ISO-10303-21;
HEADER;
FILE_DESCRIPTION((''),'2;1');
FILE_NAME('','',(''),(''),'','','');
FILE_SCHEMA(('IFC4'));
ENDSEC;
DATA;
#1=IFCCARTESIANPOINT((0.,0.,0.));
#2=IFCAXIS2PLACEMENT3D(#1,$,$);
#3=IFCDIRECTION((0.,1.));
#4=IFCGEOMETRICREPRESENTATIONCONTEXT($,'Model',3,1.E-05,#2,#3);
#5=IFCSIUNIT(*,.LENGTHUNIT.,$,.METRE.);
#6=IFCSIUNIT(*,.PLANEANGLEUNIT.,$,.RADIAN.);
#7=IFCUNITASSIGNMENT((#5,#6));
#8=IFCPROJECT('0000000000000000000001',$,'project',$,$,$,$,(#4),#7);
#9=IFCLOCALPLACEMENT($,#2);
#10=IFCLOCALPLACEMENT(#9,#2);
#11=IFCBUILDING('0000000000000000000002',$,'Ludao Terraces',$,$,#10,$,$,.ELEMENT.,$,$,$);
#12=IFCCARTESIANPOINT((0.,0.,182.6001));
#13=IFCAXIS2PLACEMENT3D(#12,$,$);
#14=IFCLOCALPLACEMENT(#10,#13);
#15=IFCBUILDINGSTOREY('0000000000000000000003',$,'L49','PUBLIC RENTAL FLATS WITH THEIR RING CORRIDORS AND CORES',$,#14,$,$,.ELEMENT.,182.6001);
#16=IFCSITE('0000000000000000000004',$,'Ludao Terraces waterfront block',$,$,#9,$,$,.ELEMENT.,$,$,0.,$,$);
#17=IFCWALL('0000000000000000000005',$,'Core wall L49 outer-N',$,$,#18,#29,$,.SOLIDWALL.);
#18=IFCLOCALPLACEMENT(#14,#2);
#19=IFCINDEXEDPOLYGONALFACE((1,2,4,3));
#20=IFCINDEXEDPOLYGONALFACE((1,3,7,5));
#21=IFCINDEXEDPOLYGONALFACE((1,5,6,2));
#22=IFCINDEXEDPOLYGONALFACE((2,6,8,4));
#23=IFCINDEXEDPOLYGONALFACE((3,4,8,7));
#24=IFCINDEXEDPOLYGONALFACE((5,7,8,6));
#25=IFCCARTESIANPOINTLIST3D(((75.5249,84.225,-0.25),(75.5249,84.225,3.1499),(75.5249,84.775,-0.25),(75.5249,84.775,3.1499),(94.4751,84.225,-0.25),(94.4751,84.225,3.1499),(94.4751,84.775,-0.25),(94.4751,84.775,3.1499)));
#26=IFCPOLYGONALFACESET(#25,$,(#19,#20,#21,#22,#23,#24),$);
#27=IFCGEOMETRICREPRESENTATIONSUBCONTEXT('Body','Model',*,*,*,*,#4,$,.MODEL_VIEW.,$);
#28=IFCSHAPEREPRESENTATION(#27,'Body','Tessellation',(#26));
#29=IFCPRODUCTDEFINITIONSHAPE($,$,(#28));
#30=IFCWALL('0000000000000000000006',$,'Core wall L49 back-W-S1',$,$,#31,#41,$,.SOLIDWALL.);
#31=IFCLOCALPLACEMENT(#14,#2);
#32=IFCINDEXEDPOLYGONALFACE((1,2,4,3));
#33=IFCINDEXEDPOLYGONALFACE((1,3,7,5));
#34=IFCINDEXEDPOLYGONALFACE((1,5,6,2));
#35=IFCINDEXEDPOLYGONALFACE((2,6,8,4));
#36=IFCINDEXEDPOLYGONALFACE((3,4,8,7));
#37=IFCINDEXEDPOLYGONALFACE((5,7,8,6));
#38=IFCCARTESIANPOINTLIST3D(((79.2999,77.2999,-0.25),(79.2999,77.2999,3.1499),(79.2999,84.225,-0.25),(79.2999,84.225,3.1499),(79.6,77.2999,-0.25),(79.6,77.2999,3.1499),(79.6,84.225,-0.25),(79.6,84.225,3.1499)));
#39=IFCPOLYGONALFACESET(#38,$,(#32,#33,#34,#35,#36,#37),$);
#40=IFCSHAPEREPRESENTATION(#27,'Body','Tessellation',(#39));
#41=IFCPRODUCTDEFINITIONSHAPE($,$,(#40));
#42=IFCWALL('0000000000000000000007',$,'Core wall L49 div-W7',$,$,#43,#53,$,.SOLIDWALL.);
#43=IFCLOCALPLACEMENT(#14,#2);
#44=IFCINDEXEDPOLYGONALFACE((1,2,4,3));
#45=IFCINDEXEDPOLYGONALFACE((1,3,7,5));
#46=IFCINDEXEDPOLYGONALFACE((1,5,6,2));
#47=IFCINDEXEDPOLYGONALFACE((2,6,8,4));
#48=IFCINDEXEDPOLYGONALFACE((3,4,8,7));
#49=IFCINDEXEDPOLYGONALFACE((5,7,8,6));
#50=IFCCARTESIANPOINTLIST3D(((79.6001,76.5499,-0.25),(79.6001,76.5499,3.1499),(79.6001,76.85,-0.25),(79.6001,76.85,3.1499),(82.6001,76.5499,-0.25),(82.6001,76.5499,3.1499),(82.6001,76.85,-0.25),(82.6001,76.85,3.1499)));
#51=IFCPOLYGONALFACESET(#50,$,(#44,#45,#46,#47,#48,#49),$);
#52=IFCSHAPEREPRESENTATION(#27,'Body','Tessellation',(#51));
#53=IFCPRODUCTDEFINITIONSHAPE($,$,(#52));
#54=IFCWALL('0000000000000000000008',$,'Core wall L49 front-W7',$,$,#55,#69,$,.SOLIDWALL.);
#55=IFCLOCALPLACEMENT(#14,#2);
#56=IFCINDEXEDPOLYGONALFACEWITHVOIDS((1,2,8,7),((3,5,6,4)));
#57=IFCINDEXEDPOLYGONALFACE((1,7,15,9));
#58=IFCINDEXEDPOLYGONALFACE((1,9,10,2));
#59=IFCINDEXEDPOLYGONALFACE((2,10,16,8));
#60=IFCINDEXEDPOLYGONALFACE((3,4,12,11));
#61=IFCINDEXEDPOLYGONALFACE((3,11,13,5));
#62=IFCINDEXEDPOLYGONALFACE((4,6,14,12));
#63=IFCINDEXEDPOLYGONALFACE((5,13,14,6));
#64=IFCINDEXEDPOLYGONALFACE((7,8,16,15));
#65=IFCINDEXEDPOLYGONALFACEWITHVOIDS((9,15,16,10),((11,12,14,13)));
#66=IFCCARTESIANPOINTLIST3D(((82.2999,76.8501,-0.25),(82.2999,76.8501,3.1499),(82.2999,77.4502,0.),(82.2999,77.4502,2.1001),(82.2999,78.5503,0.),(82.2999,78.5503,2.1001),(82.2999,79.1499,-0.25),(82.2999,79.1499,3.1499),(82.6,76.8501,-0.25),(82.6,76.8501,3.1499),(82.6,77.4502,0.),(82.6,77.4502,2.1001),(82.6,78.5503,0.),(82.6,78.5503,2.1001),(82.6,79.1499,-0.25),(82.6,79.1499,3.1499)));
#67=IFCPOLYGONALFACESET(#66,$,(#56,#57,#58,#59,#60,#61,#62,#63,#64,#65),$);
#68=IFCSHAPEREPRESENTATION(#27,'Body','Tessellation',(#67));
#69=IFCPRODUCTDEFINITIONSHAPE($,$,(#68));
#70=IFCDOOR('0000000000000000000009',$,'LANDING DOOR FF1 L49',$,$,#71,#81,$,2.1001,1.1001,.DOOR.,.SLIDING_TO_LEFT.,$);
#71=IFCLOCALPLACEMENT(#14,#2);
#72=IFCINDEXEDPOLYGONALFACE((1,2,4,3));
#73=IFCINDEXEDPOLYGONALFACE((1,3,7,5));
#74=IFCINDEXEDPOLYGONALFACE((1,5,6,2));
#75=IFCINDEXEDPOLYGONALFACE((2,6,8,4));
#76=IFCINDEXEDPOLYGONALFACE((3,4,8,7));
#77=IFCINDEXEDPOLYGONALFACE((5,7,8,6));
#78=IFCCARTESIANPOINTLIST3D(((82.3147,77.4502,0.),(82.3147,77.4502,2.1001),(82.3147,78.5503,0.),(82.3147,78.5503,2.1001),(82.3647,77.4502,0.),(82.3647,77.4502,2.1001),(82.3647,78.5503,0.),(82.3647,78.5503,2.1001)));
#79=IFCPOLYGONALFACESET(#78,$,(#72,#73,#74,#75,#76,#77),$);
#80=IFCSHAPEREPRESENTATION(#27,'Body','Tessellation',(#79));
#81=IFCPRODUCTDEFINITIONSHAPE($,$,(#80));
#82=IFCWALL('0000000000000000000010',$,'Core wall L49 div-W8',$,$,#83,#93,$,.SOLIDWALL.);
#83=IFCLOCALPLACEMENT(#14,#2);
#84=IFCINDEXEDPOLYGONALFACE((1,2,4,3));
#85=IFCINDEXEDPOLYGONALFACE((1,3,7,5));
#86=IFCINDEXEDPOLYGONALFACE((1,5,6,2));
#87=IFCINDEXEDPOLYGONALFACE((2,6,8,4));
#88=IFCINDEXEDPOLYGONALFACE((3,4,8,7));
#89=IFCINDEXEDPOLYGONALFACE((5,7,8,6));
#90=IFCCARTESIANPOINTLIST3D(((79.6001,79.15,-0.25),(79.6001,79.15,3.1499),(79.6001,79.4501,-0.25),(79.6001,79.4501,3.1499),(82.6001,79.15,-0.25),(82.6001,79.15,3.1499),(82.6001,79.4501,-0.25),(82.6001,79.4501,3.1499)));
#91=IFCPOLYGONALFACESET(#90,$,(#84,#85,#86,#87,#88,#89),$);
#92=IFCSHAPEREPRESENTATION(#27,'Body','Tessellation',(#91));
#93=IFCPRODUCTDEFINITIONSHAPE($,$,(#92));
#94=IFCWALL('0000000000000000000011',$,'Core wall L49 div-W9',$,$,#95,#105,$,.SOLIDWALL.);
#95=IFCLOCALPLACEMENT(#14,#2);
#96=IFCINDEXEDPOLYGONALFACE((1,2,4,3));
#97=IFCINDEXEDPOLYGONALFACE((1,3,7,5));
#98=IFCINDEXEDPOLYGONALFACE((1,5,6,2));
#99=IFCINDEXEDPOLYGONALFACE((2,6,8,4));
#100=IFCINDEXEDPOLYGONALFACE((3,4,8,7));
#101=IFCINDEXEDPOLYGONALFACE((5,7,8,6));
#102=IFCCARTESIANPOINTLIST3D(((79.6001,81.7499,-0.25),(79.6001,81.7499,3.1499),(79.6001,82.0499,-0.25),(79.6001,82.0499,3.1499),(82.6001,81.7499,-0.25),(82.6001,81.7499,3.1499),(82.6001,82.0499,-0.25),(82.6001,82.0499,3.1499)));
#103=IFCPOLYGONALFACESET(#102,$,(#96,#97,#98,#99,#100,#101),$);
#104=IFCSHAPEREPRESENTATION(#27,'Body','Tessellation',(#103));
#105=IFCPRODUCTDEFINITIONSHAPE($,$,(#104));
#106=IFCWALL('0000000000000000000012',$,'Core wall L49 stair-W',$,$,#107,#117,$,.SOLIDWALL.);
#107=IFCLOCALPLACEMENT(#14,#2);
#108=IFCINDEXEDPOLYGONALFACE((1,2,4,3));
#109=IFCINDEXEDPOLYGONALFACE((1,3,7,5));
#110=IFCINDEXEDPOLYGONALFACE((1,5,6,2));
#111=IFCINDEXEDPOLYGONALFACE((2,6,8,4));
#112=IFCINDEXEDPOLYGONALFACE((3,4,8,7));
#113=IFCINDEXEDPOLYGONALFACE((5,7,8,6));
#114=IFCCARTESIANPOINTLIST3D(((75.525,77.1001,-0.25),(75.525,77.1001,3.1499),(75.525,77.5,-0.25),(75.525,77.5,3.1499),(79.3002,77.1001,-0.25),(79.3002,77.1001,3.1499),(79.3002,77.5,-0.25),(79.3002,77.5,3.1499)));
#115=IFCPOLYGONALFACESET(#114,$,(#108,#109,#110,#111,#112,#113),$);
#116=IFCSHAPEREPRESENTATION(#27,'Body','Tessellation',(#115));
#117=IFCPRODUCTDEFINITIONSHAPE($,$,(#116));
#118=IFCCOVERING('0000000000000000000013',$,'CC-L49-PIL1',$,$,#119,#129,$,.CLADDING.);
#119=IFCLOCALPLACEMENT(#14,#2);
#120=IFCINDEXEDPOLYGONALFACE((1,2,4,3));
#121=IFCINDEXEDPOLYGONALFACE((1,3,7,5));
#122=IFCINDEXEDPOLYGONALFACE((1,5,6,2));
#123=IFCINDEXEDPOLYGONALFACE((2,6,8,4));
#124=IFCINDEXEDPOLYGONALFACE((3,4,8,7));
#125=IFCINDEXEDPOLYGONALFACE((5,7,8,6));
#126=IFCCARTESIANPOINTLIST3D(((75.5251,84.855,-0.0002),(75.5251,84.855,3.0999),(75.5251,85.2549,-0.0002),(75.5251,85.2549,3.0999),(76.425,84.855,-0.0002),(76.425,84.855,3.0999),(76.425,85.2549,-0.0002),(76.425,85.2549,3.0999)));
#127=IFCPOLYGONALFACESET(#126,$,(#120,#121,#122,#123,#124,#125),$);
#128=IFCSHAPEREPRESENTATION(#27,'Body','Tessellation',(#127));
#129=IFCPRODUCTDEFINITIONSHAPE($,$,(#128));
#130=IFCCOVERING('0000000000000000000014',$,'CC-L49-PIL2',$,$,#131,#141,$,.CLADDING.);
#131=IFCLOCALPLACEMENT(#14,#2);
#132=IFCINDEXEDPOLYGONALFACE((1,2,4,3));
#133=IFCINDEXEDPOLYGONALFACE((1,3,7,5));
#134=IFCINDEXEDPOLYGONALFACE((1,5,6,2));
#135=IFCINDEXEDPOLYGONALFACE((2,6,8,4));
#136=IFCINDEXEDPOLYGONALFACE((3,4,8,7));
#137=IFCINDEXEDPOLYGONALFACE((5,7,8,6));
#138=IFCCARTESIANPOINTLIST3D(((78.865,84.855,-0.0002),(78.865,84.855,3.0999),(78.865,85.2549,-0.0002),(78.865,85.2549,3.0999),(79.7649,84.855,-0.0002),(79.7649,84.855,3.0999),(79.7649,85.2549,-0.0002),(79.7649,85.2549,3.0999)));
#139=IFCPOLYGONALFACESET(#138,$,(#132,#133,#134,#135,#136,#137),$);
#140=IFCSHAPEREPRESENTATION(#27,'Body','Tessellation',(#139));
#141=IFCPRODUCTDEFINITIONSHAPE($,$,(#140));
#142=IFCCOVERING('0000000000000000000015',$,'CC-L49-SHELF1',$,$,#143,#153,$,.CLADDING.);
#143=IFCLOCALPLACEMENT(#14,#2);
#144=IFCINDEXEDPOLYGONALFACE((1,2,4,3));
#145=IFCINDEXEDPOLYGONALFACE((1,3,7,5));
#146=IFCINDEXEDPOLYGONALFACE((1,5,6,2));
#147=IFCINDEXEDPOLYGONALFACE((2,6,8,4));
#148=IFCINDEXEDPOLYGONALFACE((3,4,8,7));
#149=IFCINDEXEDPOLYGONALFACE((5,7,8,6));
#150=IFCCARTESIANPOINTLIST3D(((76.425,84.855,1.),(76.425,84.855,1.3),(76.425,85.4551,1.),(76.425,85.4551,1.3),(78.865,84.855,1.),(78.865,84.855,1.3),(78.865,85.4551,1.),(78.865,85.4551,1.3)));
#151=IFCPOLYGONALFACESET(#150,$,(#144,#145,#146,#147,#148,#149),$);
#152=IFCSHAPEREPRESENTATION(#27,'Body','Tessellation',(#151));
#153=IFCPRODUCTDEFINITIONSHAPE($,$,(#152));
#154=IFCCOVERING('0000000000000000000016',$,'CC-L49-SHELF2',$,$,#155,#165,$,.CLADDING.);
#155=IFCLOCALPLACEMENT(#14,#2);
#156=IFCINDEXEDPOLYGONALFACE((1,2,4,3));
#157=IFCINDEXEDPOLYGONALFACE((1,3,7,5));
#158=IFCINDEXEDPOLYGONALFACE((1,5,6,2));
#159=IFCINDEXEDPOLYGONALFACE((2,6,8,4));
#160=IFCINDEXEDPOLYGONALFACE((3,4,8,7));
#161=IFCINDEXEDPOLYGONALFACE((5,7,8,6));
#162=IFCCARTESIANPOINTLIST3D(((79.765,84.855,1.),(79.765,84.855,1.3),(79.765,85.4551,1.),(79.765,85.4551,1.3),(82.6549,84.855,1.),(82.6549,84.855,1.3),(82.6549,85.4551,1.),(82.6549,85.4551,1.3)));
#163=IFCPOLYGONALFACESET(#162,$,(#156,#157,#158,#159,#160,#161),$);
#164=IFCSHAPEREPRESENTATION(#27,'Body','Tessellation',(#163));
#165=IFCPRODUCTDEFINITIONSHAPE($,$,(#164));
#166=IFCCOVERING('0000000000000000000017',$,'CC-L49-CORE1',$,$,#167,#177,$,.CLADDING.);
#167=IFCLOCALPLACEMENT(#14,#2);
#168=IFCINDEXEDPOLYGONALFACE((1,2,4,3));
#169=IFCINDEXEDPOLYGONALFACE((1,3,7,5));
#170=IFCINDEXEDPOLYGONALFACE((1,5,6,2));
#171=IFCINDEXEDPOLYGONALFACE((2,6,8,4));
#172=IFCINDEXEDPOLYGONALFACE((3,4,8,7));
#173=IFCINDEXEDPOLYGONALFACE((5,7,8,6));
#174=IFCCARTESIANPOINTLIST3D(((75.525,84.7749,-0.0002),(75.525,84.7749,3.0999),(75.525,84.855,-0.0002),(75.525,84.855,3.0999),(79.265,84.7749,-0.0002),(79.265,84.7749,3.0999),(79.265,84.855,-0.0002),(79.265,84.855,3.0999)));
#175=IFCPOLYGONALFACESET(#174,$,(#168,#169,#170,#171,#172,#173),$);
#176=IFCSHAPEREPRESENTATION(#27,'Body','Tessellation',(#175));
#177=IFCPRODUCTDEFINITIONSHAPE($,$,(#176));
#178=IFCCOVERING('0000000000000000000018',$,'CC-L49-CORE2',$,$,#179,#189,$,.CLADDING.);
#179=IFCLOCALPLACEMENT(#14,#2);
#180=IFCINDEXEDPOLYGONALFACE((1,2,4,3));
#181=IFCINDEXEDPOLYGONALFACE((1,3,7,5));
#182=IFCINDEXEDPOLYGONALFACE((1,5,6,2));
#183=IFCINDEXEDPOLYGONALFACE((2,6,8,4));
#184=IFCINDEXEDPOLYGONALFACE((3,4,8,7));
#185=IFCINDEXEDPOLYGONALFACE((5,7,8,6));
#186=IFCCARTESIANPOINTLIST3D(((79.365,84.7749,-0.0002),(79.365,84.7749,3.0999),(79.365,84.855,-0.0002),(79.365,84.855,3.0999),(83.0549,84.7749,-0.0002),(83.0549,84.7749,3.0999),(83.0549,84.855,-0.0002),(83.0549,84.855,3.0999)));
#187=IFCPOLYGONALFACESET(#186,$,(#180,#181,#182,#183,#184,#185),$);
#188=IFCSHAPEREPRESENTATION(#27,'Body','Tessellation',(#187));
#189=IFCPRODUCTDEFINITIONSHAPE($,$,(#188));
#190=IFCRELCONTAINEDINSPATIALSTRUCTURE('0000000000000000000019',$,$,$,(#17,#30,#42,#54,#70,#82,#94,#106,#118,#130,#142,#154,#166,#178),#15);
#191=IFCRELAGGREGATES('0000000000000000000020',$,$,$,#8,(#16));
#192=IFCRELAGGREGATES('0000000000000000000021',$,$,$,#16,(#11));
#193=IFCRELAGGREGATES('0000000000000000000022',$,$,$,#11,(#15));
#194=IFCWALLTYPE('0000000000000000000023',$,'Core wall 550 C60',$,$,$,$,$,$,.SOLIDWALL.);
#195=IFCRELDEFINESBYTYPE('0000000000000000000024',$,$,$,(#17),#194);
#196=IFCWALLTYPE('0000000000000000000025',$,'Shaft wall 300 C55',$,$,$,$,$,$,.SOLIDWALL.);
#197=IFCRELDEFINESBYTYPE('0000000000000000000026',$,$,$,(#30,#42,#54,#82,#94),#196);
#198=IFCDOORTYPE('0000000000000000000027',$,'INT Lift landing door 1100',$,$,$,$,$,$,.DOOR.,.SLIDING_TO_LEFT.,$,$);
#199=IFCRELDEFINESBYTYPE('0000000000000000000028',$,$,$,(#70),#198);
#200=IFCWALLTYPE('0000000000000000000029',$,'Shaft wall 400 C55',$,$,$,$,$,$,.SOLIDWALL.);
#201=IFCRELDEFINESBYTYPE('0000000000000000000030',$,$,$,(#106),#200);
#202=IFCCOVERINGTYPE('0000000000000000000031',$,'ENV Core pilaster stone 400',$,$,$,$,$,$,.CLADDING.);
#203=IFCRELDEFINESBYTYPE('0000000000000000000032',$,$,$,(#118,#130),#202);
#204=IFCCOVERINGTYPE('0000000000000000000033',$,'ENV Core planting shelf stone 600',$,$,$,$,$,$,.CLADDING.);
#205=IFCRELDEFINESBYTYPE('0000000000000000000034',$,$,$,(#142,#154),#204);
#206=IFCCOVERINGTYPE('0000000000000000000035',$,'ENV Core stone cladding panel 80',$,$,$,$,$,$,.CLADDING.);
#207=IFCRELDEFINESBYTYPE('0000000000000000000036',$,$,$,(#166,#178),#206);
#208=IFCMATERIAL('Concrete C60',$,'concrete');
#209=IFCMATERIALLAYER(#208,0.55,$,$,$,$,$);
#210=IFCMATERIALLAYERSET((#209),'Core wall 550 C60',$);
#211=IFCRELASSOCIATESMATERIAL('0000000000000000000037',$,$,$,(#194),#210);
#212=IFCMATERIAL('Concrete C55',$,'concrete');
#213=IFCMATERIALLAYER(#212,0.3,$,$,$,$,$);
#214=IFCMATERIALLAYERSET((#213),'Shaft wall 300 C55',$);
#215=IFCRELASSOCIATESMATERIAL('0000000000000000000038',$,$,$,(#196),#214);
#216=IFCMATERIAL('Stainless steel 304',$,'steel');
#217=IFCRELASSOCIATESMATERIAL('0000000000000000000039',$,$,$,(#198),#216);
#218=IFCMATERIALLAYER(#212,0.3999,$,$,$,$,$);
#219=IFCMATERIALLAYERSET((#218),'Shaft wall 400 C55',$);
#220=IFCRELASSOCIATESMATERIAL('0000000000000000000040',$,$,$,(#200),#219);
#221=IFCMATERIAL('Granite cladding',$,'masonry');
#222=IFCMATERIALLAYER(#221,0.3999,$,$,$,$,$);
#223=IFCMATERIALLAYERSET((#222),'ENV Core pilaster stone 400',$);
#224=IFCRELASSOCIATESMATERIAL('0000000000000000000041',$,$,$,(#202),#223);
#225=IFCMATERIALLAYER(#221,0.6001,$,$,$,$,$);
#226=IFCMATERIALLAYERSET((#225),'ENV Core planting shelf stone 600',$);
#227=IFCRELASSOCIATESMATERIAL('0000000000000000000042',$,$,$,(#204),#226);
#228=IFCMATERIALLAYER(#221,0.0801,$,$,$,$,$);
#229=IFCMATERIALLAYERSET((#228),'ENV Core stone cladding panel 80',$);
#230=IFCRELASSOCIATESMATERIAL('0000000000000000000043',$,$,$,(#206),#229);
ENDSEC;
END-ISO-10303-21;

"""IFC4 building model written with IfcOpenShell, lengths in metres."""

from ifc_helpers import new_model, si_unit, direction, frame, frame_2d, origin, origin_2d, place, context, subcontext, project, spatial, rectangle, extrude, material, layer, layer_set, type_object, element, fill, save


model = new_model("IFC4")

# Units and contexts
model_context = context("Model", 3, precision=1e-05, world=origin(), true_north=direction((0.0, 1.0)))
body_context = subcontext(model_context, "Body", "Model", "MODEL_VIEW")
ifc_project = project(units=[si_unit("LENGTHUNIT", "METRE"), si_unit("PLANEANGLEUNIT", "RADIAN")], contexts=[model_context])

# Site, building, storey
site_placement = place(None, origin())
site = spatial("IfcSite", under=ifc_project, at=site_placement, Name="Ludao Terraces waterfront block", CompositionType="ELEMENT", RefElevation=0.0)
building_placement = place(site_placement, origin())
building = spatial("IfcBuilding", under=site, at=building_placement, Name="Ludao Terraces", CompositionType="ELEMENT")
storey_placement = place(building_placement, frame((0.0, 0.0, 182.6001)))
storey = spatial("IfcBuildingStorey", under=building, at=storey_placement, Name="L49", Description="PUBLIC RENTAL FLATS WITH THEIR RING CORRIDORS AND CORES", CompositionType="ELEMENT", Elevation=182.6001)

# Walls
ifc_material_1 = material(Name="Concrete C60", Category="concrete")
ifc_layer_1 = layer(ifc_material_1, 0.55)
ifc_layer_set_1 = layer_set([ifc_layer_1], Name="Core wall 550 C60")
wall_type_1 = type_object("IfcWallType", Name="Core wall 550 C60", PredefinedType="SOLIDWALL", material=ifc_layer_set_1)
wall_1_placement = place(storey_placement, frame((75.5249, 84.5, -0.25), z_axis=(0.0, 0.0, 1.0), x_axis=(1.0, 0.0, 0.0)))
element("IfcWall", 1, at=wall_1_placement, inside=storey, type_object=wall_type_1, Name="Core wall L49 outer-N", PredefinedType="SOLIDWALL", context=body_context, shape_type="SweptSolid", body=[
    extrude(rectangle(XDim=18.9502, YDim=0.55, at=frame_2d((9.4751, 0.0))), origin(), (0.0, 0.0, 1.0), 3.3999),
])
ifc_material_2 = material(Name="Concrete C55", Category="concrete")
ifc_layer_2 = layer(ifc_material_2, 0.3)
ifc_layer_set_2 = layer_set([ifc_layer_2], Name="Shaft wall 300 C55")
wall_type_2 = type_object("IfcWallType", Name="Shaft wall 300 C55", PredefinedType="SOLIDWALL", material=ifc_layer_set_2)
wall_2_placement = place(storey_placement, frame((79.45, 77.3, -0.25), z_axis=(0.0, 0.0, 1.0), x_axis=(0.0, 1.0, 0.0)))
element("IfcWall", 2, at=wall_2_placement, inside=storey, type_object=wall_type_2, Name="Core wall L49 back-W-S1", PredefinedType="SOLIDWALL", context=body_context, shape_type="SweptSolid", body=[
    extrude(rectangle(XDim=6.925, YDim=0.3, at=frame_2d((3.4624, 0.0))), origin(), (0.0, 0.0, 1.0), 3.3999),
])
wall_3_placement = place(storey_placement, frame((79.6001, 76.7, -0.25), z_axis=(0.0, 0.0, 1.0), x_axis=(1.0, 0.0, 0.0)))
element("IfcWall", 3, at=wall_3_placement, inside=storey, type_object=wall_type_2, Name="Core wall L49 div-W7", PredefinedType="SOLIDWALL", context=body_context, shape_type="SweptSolid", body=[
    extrude(rectangle(XDim=3.0, YDim=0.3, at=frame_2d((1.5, 0.0))), origin(), (0.0, 0.0, 1.0), 3.3999),
])

# Wall, opening, door
wall_4_placement = place(storey_placement, frame((82.45, 76.8501, -0.25), z_axis=(0.0, 0.0, 1.0), x_axis=(0.0, 1.0, 0.0)))
wall_4 = element("IfcWall", 4, at=wall_4_placement, inside=storey, type_object=wall_type_2, Name="Core wall L49 front-W7", PredefinedType="SOLIDWALL", context=body_context, shape_type="SweptSolid", body=[
    extrude(rectangle(XDim=2.2998, YDim=0.3, at=frame_2d((1.1499, 0.0))), origin(), (0.0, 0.0, 1.0), 3.3999),
])
opening_placement = place(wall_4_placement, frame((0.6001, 0.0, 0.25)))
opening = element("IfcOpeningElement", 5, at=opening_placement, cuts=wall_4, PredefinedType="OPENING", context=body_context, shape_type="SweptSolid", body=[
    extrude(rectangle(XDim=1.1001, YDim=2.1001, at=frame_2d((0.55, 1.05))), frame((0.0, 0.1602, 0.0), z_axis=(0.0, -1.0, 0.0), x_axis=(1.0, 0.0, 0.0)), (0.0, 0.0, 1.0), 0.3201),
])
ifc_material_3 = material(Name="Stainless steel 304", Category="steel")
door_type = type_object("IfcDoorType", Name="INT Lift landing door 1100", OperationType="SLIDING_TO_LEFT", PredefinedType="DOOR", material=ifc_material_3)
door_placement = place(opening_placement, origin())
door = element("IfcDoor", 6, at=door_placement, inside=storey, type_object=door_type, Name="LANDING DOOR FF1 L49", OperationType="SLIDING_TO_LEFT", OverallHeight=2.1001, OverallWidth=1.1001, PredefinedType="DOOR", context=body_context, shape_type="SweptSolid", body=[
    extrude(rectangle(XDim=1.1001, YDim=2.1001, at=frame_2d((0.55, 1.05))), frame((0.0, 0.1353, 0.0), z_axis=(0.0, -1.0, 0.0), x_axis=(1.0, 0.0, 0.0)), (0.0, 0.0, 1.0), 0.05),
])
fill(opening, door)

# Walls
for number, where, z_axis, x_axis, name in (
    (7, (79.6001, 79.3, -0.25), (0.0, 0.0, 1.0), (1.0, 0.0, 0.0), "Core wall L49 div-W8"),
    (8, (79.6001, 81.8999, -0.25), (0.0, 0.0, 1.0), (1.0, 0.0, 0.0), "Core wall L49 div-W9"),
):
    element("IfcWall", number, at=place(storey_placement, frame(where, z_axis=z_axis, x_axis=x_axis)), inside=storey, type_object=wall_type_2, Name=name, PredefinedType="SOLIDWALL", context=body_context, shape_type="SweptSolid", body=[
        extrude(rectangle(XDim=3.0, YDim=0.3, at=frame_2d((1.5, 0.0))), origin(), (0.0, 0.0, 1.0), 3.3999),
    ])
ifc_layer_3 = layer(ifc_material_2, 0.3999)
ifc_layer_set_3 = layer_set([ifc_layer_3], Name="Shaft wall 400 C55")
wall_type_3 = type_object("IfcWallType", Name="Shaft wall 400 C55", PredefinedType="SOLIDWALL", material=ifc_layer_set_3)
wall_5_placement = place(storey_placement, frame((75.5249, 77.3, -0.25), z_axis=(0.0, 0.0, 1.0), x_axis=(1.0, 0.0, 0.0)))
element("IfcWall", 9, at=wall_5_placement, inside=storey, type_object=wall_type_3, Name="Core wall L49 stair-W", PredefinedType="SOLIDWALL", context=body_context, shape_type="SweptSolid", body=[
    extrude(rectangle(XDim=3.7751, YDim=0.3999, at=frame_2d((1.8877, 0.0))), origin(), (0.0, 0.0, 1.0), 3.3999),
])

# Coverings
ifc_material_4 = material(Name="Granite cladding", Category="masonry")
ifc_layer_4 = layer(ifc_material_4, 0.3999)
ifc_layer_set_4 = layer_set([ifc_layer_4], Name="ENV Core pilaster stone 400")
covering_type_1 = type_object("IfcCoveringType", Name="ENV Core pilaster stone 400", PredefinedType="CLADDING", material=ifc_layer_set_4)
for number, where, z_axis, x_axis, name in (
    (10, (75.9751, 85.0549, -0.0002), (0.0, 0.0, 1.0), (1.0, 0.0, 0.0), "CC-L49-PIL1"),
    (11, (79.3149, 85.0549, -0.0002), (0.0, 0.0, 1.0), (1.0, 0.0, 0.0), "CC-L49-PIL2"),
):
    element("IfcCovering", number, at=place(storey_placement, frame(where, z_axis=z_axis, x_axis=x_axis)), inside=storey, type_object=covering_type_1, Name=name, PredefinedType="CLADDING", context=body_context, shape_type="SweptSolid", body=[
        extrude(rectangle(XDim=0.8999, YDim=0.3999, at=origin_2d()), origin(), (0.0, 0.0, 1.0), 3.1001),
    ])
ifc_layer_5 = layer(ifc_material_4, 0.6001)
ifc_layer_set_5 = layer_set([ifc_layer_5], Name="ENV Core planting shelf stone 600")
covering_type_2 = type_object("IfcCoveringType", Name="ENV Core planting shelf stone 600", PredefinedType="CLADDING", material=ifc_layer_set_5)
covering_1_placement = place(storey_placement, frame((77.645, 85.155, 1.0), z_axis=(0.0, 0.0, 1.0), x_axis=(1.0, 0.0, 0.0)))
element("IfcCovering", 12, at=covering_1_placement, inside=storey, type_object=covering_type_2, Name="CC-L49-SHELF1", PredefinedType="CLADDING", context=body_context, shape_type="SweptSolid", body=[
    extrude(rectangle(XDim=2.4399, YDim=0.6001, at=origin_2d()), origin(), (0.0, 0.0, 1.0), 0.3),
])
covering_2_placement = place(storey_placement, frame((81.21, 85.155, 1.0), z_axis=(0.0, 0.0, 1.0), x_axis=(1.0, 0.0, 0.0)))
element("IfcCovering", 13, at=covering_2_placement, inside=storey, type_object=covering_type_2, Name="CC-L49-SHELF2", PredefinedType="CLADDING", context=body_context, shape_type="SweptSolid", body=[
    extrude(rectangle(XDim=2.8899, YDim=0.6001, at=origin_2d()), origin(), (0.0, 0.0, 1.0), 0.3),
])
ifc_layer_6 = layer(ifc_material_4, 0.0801)
ifc_layer_set_6 = layer_set([ifc_layer_6], Name="ENV Core stone cladding panel 80")
covering_type_3 = type_object("IfcCoveringType", Name="ENV Core stone cladding panel 80", PredefinedType="CLADDING", material=ifc_layer_set_6)
covering_3_placement = place(storey_placement, frame((77.395, 84.8149, -0.0002), z_axis=(0.0, 0.0, 1.0), x_axis=(1.0, 0.0, 0.0)))
element("IfcCovering", 14, at=covering_3_placement, inside=storey, type_object=covering_type_3, Name="CC-L49-CORE1", PredefinedType="CLADDING", context=body_context, shape_type="SweptSolid", body=[
    extrude(rectangle(XDim=3.74, YDim=0.0801, at=origin_2d()), origin(), (0.0, 0.0, 1.0), 3.1001),
])
covering_4_placement = place(storey_placement, frame((81.21, 84.8149, -0.0002), z_axis=(0.0, 0.0, 1.0), x_axis=(1.0, 0.0, 0.0)))
element("IfcCovering", 15, at=covering_4_placement, inside=storey, type_object=covering_type_3, Name="CC-L49-CORE2", PredefinedType="CLADDING", context=body_context, shape_type="SweptSolid", body=[
    extrude(rectangle(XDim=3.6899, YDim=0.0801, at=origin_2d()), origin(), (0.0, 0.0, 1.0), 3.1001),
])

save(model, "model.ifc")
